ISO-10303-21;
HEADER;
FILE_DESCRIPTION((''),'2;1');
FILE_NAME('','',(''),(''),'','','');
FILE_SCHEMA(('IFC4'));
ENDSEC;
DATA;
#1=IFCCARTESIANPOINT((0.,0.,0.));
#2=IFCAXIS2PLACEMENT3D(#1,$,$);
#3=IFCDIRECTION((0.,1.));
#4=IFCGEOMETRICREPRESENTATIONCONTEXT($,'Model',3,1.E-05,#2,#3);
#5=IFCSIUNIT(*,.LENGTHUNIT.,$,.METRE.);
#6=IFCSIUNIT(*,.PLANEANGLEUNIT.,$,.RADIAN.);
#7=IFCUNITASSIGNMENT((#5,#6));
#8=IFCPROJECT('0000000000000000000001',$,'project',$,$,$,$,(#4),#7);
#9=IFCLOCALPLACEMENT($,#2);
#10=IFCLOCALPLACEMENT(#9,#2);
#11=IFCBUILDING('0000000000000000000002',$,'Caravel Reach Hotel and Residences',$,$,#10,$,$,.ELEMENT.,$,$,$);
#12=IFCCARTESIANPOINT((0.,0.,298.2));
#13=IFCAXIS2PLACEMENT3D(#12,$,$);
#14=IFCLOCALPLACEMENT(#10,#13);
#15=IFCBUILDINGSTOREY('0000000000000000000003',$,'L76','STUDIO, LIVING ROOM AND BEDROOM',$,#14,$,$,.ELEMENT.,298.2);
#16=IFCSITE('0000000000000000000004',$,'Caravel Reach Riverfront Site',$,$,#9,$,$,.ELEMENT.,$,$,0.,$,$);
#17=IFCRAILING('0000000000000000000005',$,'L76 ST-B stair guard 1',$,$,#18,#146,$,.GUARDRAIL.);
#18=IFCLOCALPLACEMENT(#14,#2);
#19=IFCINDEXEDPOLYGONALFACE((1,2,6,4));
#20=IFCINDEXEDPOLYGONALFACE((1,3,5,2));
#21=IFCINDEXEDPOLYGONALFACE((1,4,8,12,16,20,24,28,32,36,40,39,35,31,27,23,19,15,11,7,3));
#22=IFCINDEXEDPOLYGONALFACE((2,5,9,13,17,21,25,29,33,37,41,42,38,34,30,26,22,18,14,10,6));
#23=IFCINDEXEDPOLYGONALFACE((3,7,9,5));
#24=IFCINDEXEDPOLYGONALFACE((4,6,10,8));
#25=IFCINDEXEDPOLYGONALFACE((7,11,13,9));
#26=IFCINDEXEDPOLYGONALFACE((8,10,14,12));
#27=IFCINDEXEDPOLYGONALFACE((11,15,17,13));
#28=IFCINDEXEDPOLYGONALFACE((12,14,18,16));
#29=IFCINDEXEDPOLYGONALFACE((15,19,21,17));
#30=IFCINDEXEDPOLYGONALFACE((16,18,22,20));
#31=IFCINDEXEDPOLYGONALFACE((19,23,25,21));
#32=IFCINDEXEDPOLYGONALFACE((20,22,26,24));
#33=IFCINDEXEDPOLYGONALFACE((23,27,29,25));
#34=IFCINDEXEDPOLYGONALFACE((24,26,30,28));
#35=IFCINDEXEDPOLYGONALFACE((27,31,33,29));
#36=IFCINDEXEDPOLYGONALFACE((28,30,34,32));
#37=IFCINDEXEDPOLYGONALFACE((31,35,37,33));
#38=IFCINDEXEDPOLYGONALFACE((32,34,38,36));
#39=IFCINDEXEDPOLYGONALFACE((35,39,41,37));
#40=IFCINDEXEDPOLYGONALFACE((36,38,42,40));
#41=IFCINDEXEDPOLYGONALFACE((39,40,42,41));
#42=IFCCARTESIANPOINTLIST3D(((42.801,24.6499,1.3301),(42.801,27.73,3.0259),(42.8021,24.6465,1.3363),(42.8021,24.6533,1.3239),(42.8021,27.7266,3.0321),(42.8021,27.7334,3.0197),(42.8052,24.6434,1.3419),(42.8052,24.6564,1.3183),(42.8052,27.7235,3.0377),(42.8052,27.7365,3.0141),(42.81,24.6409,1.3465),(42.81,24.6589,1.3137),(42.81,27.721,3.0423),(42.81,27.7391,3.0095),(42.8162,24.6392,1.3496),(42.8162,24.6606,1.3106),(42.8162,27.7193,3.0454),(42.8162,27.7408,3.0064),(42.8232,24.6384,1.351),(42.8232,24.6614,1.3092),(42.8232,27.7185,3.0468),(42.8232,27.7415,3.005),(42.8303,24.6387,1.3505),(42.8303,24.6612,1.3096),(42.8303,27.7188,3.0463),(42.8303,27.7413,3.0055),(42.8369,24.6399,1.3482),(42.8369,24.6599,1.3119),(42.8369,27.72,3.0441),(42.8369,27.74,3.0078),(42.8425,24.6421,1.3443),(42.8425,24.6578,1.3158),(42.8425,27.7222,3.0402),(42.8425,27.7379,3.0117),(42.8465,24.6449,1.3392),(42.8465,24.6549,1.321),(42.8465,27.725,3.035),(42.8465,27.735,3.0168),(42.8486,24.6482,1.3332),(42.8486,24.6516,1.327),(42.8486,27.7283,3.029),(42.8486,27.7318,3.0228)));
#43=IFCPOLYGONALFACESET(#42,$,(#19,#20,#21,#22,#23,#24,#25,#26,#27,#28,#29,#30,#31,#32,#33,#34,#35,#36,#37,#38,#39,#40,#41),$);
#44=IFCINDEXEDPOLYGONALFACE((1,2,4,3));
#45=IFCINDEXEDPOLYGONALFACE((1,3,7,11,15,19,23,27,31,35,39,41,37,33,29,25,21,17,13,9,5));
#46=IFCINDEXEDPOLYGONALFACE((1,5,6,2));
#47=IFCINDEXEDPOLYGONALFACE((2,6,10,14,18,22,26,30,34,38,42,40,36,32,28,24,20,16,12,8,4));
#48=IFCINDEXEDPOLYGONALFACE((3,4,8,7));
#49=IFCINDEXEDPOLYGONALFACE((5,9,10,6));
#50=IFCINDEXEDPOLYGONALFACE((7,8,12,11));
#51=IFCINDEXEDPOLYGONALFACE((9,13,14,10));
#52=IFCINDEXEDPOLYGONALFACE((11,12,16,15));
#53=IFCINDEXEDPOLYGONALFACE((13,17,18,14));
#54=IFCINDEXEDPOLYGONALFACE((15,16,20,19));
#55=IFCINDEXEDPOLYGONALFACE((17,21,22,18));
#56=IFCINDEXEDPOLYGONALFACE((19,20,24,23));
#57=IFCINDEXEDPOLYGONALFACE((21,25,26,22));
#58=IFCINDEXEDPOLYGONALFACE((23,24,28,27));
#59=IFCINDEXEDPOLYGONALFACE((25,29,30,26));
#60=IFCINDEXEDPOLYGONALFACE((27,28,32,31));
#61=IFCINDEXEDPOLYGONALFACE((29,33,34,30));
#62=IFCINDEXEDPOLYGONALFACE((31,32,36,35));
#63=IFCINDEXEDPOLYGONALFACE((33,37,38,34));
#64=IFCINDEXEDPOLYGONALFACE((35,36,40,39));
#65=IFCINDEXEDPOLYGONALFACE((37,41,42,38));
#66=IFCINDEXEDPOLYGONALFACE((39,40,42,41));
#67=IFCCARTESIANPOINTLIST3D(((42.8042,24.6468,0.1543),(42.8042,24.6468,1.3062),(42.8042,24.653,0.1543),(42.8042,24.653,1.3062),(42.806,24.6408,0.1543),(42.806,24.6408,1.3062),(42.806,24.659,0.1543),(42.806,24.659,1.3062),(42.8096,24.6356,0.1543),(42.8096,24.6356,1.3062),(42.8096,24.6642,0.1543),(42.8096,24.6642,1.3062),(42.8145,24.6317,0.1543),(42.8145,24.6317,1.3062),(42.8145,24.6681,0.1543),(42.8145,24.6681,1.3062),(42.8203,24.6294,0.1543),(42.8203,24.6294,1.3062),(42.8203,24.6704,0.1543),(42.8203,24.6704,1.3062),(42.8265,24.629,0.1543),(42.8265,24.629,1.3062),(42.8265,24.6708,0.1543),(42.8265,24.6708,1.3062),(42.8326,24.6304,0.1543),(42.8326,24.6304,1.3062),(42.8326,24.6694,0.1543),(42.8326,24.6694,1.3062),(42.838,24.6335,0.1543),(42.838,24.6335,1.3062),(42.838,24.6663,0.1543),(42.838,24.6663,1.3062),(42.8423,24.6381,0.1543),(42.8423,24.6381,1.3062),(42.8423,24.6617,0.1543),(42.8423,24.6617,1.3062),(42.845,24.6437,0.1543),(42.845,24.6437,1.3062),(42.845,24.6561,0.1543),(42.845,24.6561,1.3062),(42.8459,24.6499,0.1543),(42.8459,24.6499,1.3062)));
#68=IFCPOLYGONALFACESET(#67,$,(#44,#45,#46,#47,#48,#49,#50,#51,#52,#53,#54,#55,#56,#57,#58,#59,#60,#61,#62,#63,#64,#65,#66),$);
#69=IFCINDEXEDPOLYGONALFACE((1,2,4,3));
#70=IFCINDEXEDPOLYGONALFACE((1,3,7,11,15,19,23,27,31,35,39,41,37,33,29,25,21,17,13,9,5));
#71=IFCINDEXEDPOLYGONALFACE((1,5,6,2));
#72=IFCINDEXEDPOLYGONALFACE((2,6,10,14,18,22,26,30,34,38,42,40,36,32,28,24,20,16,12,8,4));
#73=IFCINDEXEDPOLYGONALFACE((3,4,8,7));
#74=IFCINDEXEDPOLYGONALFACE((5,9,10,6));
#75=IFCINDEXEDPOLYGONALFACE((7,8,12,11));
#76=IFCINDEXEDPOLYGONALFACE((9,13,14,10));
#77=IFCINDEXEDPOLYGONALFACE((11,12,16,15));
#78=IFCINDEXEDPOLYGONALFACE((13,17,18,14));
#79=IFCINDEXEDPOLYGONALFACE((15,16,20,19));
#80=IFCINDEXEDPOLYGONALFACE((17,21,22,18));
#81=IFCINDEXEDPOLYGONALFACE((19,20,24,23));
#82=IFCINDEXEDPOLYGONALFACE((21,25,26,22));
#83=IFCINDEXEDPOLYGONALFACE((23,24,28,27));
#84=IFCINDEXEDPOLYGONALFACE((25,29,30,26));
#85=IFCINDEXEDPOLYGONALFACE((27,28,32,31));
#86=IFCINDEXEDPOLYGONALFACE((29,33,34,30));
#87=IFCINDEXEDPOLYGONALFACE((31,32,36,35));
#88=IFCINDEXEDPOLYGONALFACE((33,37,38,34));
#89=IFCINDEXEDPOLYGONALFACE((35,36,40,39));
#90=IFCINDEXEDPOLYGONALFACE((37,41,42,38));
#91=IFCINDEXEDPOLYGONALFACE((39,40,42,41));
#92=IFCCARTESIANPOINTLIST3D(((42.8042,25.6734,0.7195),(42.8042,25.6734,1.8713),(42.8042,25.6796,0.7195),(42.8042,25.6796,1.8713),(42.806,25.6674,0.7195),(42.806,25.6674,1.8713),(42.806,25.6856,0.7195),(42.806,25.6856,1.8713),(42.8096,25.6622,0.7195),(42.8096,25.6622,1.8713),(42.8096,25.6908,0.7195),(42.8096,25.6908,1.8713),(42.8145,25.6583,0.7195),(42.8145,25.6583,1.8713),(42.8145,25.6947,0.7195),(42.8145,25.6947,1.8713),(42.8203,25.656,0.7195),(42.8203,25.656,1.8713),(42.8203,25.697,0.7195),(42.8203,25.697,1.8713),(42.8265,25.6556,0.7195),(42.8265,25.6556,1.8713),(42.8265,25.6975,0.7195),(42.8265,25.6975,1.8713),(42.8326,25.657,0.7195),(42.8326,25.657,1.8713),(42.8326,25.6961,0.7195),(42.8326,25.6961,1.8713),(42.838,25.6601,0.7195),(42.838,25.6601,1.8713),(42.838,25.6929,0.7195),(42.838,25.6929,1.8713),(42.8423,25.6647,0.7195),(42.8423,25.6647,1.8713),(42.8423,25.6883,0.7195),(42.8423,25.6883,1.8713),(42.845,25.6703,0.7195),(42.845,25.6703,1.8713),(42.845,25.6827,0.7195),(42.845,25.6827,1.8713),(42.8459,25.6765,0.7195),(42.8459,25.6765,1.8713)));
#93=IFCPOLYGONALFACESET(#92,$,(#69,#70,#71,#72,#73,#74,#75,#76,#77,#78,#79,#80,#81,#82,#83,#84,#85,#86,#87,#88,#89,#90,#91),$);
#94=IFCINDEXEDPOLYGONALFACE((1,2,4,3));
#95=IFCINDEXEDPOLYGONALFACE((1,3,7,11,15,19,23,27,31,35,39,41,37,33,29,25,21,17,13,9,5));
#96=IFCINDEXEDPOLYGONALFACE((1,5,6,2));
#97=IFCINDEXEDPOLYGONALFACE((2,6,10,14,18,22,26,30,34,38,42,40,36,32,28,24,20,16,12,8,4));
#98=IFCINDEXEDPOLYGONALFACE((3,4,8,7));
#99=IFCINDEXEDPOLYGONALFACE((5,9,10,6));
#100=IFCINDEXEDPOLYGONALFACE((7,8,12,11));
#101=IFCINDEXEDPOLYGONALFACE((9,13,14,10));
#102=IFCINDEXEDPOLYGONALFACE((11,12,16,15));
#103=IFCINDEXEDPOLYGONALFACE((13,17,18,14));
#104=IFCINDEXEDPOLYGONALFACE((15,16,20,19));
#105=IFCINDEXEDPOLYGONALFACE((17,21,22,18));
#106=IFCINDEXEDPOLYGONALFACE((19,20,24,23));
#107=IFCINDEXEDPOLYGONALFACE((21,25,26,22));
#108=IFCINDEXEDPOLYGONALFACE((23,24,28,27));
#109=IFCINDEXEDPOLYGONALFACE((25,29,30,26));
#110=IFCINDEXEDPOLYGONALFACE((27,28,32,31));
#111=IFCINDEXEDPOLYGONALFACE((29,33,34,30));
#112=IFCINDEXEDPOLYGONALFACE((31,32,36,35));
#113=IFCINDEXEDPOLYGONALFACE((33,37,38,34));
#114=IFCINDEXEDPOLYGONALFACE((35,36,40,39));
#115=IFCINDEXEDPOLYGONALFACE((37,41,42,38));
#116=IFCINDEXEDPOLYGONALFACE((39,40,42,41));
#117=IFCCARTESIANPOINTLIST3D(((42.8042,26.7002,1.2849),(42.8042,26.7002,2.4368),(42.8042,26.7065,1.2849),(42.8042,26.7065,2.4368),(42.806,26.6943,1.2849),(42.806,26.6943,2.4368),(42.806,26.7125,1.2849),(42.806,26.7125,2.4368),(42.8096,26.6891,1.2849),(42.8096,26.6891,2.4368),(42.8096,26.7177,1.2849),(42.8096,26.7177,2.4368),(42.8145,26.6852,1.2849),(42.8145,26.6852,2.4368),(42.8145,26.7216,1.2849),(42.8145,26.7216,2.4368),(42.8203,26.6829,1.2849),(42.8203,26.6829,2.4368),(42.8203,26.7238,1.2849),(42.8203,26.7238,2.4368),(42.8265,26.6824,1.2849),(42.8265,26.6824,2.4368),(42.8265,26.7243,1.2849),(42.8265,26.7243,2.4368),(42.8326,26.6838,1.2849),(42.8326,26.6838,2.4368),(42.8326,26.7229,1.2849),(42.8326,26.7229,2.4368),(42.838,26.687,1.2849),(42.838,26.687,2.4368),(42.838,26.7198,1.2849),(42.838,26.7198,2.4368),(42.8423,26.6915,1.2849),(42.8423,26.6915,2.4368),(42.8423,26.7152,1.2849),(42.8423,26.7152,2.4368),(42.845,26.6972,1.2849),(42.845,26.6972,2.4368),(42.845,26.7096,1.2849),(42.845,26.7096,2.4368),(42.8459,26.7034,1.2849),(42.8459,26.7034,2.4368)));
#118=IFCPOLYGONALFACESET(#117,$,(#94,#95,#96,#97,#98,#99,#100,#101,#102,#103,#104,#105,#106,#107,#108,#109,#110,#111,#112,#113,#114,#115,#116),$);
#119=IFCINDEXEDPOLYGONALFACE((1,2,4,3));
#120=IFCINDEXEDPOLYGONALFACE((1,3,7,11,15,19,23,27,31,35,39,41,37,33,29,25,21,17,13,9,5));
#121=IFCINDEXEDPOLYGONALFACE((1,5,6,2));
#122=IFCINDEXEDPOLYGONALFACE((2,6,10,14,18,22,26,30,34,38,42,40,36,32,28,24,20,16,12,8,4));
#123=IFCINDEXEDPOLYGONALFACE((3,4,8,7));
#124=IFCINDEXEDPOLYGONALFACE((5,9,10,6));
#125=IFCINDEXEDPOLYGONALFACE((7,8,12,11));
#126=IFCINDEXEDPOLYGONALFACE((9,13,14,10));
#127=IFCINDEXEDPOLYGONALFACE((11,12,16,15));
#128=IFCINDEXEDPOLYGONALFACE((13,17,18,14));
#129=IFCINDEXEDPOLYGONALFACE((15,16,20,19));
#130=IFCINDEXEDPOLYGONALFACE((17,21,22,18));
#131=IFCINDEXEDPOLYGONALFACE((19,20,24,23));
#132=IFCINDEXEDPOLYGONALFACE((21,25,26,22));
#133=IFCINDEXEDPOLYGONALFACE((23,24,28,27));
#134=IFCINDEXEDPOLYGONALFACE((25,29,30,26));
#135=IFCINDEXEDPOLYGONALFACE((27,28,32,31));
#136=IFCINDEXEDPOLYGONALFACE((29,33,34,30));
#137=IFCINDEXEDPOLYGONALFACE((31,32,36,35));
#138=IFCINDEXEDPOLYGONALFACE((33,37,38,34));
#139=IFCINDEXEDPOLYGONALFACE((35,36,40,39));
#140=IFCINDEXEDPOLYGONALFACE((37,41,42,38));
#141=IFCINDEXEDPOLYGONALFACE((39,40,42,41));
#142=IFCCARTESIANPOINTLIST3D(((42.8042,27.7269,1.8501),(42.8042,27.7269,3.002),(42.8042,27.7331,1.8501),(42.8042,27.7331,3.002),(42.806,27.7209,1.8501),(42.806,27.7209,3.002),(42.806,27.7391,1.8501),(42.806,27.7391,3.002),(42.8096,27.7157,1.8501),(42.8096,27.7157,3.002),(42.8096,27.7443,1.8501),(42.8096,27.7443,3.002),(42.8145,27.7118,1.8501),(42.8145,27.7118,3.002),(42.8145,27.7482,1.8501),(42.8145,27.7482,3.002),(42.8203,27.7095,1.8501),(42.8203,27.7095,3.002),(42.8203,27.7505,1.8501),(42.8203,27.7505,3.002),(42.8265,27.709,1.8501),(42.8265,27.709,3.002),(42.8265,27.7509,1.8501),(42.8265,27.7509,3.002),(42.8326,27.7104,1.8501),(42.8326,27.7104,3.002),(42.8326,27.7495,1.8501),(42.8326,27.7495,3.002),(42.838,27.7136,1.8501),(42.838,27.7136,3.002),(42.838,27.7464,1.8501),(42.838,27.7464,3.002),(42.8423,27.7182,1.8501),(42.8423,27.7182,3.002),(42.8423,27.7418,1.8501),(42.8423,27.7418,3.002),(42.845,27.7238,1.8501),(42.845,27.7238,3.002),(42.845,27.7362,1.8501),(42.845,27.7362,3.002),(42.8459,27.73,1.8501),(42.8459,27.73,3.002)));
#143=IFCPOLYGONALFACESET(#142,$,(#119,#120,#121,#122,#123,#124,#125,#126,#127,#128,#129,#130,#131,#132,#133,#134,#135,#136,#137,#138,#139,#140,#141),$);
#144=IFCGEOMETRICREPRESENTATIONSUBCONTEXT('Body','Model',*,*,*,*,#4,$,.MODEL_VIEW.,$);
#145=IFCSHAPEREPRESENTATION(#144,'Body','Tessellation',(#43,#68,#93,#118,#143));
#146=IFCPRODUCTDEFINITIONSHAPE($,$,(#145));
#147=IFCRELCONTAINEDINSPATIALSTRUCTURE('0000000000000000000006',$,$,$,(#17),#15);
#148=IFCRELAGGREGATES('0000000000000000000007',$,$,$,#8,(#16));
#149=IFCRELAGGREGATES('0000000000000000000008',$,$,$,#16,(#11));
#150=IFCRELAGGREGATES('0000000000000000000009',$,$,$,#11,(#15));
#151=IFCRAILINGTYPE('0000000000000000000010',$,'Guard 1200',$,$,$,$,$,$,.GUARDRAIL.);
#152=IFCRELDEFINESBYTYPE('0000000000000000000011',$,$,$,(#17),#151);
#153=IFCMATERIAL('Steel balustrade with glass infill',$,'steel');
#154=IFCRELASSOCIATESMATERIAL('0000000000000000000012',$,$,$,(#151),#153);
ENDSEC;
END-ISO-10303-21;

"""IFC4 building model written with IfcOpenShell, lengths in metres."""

from ifc_helpers import new_model, si_unit, direction, frame, origin, origin_2d, place, context, subcontext, project, spatial, circle, extrude, material, type_object, element, save


model = new_model("IFC4")

# Units and contexts
model_context = context("Model", 3, precision=1e-05, world=origin(), true_north=direction((0.0, 1.0)))
body_context = subcontext(model_context, "Body", "Model", "MODEL_VIEW")
ifc_project = project(units=[si_unit("LENGTHUNIT", "METRE"), si_unit("PLANEANGLEUNIT", "RADIAN")], contexts=[model_context])

# Site, building, storey
site_placement = place(None, origin())
site = spatial("IfcSite", under=ifc_project, at=site_placement, Name="Caravel Reach Riverfront Site", CompositionType="ELEMENT", RefElevation=0.0)
building_placement = place(site_placement, origin())
building = spatial("IfcBuilding", under=site, at=building_placement, Name="Caravel Reach Hotel and Residences", CompositionType="ELEMENT")
storey_placement = place(building_placement, frame((0.0, 0.0, 298.2)))
storey = spatial("IfcBuildingStorey", under=building, at=storey_placement, Name="L76", Description="STUDIO, LIVING ROOM AND BEDROOM", CompositionType="ELEMENT", Elevation=298.2)

# Railing
ifc_material_1 = material(Name="Steel balustrade with glass infill", Category="steel")
railing_type_1 = type_object("IfcRailingType", Name="Guard 1200", PredefinedType="GUARDRAIL", material=ifc_material_1)
railing_1_placement = place(storey_placement, frame((42.825, 24.6499, 0.1543)))
element("IfcRailing", 1, at=railing_1_placement, inside=storey, type_object=railing_type_1, Name="L76 ST-B stair guard 1", PredefinedType="GUARDRAIL", context=body_context, shape_type="SweptSolid", body=[
    extrude(circle(Radius=0.0239, at=origin_2d()), frame((0.0, 0.0, 1.1758), z_axis=(0.0, 0.876005, 0.482303), x_axis=(-1.0, 0.0, 0.0)), (0.0, 0.0, 1.0), 3.5161),
    extrude(circle(Radius=0.021, at=origin_2d()), origin(), (0.0, 0.0, 1.0), 1.1519),
    extrude(circle(Radius=0.021, at=origin_2d()), frame((0.0, 1.0266, 0.5652)), (0.0, 0.0, 1.0), 1.1519),
    extrude(circle(Radius=0.021, at=origin_2d()), frame((0.0, 2.0535, 1.1306)), (0.0, 0.0, 1.0), 1.1519),
    extrude(circle(Radius=0.021, at=origin_2d()), frame((0.0, 3.0801, 1.6958)), (0.0, 0.0, 1.0), 1.1519),
])

save(model, "model.ifc")
